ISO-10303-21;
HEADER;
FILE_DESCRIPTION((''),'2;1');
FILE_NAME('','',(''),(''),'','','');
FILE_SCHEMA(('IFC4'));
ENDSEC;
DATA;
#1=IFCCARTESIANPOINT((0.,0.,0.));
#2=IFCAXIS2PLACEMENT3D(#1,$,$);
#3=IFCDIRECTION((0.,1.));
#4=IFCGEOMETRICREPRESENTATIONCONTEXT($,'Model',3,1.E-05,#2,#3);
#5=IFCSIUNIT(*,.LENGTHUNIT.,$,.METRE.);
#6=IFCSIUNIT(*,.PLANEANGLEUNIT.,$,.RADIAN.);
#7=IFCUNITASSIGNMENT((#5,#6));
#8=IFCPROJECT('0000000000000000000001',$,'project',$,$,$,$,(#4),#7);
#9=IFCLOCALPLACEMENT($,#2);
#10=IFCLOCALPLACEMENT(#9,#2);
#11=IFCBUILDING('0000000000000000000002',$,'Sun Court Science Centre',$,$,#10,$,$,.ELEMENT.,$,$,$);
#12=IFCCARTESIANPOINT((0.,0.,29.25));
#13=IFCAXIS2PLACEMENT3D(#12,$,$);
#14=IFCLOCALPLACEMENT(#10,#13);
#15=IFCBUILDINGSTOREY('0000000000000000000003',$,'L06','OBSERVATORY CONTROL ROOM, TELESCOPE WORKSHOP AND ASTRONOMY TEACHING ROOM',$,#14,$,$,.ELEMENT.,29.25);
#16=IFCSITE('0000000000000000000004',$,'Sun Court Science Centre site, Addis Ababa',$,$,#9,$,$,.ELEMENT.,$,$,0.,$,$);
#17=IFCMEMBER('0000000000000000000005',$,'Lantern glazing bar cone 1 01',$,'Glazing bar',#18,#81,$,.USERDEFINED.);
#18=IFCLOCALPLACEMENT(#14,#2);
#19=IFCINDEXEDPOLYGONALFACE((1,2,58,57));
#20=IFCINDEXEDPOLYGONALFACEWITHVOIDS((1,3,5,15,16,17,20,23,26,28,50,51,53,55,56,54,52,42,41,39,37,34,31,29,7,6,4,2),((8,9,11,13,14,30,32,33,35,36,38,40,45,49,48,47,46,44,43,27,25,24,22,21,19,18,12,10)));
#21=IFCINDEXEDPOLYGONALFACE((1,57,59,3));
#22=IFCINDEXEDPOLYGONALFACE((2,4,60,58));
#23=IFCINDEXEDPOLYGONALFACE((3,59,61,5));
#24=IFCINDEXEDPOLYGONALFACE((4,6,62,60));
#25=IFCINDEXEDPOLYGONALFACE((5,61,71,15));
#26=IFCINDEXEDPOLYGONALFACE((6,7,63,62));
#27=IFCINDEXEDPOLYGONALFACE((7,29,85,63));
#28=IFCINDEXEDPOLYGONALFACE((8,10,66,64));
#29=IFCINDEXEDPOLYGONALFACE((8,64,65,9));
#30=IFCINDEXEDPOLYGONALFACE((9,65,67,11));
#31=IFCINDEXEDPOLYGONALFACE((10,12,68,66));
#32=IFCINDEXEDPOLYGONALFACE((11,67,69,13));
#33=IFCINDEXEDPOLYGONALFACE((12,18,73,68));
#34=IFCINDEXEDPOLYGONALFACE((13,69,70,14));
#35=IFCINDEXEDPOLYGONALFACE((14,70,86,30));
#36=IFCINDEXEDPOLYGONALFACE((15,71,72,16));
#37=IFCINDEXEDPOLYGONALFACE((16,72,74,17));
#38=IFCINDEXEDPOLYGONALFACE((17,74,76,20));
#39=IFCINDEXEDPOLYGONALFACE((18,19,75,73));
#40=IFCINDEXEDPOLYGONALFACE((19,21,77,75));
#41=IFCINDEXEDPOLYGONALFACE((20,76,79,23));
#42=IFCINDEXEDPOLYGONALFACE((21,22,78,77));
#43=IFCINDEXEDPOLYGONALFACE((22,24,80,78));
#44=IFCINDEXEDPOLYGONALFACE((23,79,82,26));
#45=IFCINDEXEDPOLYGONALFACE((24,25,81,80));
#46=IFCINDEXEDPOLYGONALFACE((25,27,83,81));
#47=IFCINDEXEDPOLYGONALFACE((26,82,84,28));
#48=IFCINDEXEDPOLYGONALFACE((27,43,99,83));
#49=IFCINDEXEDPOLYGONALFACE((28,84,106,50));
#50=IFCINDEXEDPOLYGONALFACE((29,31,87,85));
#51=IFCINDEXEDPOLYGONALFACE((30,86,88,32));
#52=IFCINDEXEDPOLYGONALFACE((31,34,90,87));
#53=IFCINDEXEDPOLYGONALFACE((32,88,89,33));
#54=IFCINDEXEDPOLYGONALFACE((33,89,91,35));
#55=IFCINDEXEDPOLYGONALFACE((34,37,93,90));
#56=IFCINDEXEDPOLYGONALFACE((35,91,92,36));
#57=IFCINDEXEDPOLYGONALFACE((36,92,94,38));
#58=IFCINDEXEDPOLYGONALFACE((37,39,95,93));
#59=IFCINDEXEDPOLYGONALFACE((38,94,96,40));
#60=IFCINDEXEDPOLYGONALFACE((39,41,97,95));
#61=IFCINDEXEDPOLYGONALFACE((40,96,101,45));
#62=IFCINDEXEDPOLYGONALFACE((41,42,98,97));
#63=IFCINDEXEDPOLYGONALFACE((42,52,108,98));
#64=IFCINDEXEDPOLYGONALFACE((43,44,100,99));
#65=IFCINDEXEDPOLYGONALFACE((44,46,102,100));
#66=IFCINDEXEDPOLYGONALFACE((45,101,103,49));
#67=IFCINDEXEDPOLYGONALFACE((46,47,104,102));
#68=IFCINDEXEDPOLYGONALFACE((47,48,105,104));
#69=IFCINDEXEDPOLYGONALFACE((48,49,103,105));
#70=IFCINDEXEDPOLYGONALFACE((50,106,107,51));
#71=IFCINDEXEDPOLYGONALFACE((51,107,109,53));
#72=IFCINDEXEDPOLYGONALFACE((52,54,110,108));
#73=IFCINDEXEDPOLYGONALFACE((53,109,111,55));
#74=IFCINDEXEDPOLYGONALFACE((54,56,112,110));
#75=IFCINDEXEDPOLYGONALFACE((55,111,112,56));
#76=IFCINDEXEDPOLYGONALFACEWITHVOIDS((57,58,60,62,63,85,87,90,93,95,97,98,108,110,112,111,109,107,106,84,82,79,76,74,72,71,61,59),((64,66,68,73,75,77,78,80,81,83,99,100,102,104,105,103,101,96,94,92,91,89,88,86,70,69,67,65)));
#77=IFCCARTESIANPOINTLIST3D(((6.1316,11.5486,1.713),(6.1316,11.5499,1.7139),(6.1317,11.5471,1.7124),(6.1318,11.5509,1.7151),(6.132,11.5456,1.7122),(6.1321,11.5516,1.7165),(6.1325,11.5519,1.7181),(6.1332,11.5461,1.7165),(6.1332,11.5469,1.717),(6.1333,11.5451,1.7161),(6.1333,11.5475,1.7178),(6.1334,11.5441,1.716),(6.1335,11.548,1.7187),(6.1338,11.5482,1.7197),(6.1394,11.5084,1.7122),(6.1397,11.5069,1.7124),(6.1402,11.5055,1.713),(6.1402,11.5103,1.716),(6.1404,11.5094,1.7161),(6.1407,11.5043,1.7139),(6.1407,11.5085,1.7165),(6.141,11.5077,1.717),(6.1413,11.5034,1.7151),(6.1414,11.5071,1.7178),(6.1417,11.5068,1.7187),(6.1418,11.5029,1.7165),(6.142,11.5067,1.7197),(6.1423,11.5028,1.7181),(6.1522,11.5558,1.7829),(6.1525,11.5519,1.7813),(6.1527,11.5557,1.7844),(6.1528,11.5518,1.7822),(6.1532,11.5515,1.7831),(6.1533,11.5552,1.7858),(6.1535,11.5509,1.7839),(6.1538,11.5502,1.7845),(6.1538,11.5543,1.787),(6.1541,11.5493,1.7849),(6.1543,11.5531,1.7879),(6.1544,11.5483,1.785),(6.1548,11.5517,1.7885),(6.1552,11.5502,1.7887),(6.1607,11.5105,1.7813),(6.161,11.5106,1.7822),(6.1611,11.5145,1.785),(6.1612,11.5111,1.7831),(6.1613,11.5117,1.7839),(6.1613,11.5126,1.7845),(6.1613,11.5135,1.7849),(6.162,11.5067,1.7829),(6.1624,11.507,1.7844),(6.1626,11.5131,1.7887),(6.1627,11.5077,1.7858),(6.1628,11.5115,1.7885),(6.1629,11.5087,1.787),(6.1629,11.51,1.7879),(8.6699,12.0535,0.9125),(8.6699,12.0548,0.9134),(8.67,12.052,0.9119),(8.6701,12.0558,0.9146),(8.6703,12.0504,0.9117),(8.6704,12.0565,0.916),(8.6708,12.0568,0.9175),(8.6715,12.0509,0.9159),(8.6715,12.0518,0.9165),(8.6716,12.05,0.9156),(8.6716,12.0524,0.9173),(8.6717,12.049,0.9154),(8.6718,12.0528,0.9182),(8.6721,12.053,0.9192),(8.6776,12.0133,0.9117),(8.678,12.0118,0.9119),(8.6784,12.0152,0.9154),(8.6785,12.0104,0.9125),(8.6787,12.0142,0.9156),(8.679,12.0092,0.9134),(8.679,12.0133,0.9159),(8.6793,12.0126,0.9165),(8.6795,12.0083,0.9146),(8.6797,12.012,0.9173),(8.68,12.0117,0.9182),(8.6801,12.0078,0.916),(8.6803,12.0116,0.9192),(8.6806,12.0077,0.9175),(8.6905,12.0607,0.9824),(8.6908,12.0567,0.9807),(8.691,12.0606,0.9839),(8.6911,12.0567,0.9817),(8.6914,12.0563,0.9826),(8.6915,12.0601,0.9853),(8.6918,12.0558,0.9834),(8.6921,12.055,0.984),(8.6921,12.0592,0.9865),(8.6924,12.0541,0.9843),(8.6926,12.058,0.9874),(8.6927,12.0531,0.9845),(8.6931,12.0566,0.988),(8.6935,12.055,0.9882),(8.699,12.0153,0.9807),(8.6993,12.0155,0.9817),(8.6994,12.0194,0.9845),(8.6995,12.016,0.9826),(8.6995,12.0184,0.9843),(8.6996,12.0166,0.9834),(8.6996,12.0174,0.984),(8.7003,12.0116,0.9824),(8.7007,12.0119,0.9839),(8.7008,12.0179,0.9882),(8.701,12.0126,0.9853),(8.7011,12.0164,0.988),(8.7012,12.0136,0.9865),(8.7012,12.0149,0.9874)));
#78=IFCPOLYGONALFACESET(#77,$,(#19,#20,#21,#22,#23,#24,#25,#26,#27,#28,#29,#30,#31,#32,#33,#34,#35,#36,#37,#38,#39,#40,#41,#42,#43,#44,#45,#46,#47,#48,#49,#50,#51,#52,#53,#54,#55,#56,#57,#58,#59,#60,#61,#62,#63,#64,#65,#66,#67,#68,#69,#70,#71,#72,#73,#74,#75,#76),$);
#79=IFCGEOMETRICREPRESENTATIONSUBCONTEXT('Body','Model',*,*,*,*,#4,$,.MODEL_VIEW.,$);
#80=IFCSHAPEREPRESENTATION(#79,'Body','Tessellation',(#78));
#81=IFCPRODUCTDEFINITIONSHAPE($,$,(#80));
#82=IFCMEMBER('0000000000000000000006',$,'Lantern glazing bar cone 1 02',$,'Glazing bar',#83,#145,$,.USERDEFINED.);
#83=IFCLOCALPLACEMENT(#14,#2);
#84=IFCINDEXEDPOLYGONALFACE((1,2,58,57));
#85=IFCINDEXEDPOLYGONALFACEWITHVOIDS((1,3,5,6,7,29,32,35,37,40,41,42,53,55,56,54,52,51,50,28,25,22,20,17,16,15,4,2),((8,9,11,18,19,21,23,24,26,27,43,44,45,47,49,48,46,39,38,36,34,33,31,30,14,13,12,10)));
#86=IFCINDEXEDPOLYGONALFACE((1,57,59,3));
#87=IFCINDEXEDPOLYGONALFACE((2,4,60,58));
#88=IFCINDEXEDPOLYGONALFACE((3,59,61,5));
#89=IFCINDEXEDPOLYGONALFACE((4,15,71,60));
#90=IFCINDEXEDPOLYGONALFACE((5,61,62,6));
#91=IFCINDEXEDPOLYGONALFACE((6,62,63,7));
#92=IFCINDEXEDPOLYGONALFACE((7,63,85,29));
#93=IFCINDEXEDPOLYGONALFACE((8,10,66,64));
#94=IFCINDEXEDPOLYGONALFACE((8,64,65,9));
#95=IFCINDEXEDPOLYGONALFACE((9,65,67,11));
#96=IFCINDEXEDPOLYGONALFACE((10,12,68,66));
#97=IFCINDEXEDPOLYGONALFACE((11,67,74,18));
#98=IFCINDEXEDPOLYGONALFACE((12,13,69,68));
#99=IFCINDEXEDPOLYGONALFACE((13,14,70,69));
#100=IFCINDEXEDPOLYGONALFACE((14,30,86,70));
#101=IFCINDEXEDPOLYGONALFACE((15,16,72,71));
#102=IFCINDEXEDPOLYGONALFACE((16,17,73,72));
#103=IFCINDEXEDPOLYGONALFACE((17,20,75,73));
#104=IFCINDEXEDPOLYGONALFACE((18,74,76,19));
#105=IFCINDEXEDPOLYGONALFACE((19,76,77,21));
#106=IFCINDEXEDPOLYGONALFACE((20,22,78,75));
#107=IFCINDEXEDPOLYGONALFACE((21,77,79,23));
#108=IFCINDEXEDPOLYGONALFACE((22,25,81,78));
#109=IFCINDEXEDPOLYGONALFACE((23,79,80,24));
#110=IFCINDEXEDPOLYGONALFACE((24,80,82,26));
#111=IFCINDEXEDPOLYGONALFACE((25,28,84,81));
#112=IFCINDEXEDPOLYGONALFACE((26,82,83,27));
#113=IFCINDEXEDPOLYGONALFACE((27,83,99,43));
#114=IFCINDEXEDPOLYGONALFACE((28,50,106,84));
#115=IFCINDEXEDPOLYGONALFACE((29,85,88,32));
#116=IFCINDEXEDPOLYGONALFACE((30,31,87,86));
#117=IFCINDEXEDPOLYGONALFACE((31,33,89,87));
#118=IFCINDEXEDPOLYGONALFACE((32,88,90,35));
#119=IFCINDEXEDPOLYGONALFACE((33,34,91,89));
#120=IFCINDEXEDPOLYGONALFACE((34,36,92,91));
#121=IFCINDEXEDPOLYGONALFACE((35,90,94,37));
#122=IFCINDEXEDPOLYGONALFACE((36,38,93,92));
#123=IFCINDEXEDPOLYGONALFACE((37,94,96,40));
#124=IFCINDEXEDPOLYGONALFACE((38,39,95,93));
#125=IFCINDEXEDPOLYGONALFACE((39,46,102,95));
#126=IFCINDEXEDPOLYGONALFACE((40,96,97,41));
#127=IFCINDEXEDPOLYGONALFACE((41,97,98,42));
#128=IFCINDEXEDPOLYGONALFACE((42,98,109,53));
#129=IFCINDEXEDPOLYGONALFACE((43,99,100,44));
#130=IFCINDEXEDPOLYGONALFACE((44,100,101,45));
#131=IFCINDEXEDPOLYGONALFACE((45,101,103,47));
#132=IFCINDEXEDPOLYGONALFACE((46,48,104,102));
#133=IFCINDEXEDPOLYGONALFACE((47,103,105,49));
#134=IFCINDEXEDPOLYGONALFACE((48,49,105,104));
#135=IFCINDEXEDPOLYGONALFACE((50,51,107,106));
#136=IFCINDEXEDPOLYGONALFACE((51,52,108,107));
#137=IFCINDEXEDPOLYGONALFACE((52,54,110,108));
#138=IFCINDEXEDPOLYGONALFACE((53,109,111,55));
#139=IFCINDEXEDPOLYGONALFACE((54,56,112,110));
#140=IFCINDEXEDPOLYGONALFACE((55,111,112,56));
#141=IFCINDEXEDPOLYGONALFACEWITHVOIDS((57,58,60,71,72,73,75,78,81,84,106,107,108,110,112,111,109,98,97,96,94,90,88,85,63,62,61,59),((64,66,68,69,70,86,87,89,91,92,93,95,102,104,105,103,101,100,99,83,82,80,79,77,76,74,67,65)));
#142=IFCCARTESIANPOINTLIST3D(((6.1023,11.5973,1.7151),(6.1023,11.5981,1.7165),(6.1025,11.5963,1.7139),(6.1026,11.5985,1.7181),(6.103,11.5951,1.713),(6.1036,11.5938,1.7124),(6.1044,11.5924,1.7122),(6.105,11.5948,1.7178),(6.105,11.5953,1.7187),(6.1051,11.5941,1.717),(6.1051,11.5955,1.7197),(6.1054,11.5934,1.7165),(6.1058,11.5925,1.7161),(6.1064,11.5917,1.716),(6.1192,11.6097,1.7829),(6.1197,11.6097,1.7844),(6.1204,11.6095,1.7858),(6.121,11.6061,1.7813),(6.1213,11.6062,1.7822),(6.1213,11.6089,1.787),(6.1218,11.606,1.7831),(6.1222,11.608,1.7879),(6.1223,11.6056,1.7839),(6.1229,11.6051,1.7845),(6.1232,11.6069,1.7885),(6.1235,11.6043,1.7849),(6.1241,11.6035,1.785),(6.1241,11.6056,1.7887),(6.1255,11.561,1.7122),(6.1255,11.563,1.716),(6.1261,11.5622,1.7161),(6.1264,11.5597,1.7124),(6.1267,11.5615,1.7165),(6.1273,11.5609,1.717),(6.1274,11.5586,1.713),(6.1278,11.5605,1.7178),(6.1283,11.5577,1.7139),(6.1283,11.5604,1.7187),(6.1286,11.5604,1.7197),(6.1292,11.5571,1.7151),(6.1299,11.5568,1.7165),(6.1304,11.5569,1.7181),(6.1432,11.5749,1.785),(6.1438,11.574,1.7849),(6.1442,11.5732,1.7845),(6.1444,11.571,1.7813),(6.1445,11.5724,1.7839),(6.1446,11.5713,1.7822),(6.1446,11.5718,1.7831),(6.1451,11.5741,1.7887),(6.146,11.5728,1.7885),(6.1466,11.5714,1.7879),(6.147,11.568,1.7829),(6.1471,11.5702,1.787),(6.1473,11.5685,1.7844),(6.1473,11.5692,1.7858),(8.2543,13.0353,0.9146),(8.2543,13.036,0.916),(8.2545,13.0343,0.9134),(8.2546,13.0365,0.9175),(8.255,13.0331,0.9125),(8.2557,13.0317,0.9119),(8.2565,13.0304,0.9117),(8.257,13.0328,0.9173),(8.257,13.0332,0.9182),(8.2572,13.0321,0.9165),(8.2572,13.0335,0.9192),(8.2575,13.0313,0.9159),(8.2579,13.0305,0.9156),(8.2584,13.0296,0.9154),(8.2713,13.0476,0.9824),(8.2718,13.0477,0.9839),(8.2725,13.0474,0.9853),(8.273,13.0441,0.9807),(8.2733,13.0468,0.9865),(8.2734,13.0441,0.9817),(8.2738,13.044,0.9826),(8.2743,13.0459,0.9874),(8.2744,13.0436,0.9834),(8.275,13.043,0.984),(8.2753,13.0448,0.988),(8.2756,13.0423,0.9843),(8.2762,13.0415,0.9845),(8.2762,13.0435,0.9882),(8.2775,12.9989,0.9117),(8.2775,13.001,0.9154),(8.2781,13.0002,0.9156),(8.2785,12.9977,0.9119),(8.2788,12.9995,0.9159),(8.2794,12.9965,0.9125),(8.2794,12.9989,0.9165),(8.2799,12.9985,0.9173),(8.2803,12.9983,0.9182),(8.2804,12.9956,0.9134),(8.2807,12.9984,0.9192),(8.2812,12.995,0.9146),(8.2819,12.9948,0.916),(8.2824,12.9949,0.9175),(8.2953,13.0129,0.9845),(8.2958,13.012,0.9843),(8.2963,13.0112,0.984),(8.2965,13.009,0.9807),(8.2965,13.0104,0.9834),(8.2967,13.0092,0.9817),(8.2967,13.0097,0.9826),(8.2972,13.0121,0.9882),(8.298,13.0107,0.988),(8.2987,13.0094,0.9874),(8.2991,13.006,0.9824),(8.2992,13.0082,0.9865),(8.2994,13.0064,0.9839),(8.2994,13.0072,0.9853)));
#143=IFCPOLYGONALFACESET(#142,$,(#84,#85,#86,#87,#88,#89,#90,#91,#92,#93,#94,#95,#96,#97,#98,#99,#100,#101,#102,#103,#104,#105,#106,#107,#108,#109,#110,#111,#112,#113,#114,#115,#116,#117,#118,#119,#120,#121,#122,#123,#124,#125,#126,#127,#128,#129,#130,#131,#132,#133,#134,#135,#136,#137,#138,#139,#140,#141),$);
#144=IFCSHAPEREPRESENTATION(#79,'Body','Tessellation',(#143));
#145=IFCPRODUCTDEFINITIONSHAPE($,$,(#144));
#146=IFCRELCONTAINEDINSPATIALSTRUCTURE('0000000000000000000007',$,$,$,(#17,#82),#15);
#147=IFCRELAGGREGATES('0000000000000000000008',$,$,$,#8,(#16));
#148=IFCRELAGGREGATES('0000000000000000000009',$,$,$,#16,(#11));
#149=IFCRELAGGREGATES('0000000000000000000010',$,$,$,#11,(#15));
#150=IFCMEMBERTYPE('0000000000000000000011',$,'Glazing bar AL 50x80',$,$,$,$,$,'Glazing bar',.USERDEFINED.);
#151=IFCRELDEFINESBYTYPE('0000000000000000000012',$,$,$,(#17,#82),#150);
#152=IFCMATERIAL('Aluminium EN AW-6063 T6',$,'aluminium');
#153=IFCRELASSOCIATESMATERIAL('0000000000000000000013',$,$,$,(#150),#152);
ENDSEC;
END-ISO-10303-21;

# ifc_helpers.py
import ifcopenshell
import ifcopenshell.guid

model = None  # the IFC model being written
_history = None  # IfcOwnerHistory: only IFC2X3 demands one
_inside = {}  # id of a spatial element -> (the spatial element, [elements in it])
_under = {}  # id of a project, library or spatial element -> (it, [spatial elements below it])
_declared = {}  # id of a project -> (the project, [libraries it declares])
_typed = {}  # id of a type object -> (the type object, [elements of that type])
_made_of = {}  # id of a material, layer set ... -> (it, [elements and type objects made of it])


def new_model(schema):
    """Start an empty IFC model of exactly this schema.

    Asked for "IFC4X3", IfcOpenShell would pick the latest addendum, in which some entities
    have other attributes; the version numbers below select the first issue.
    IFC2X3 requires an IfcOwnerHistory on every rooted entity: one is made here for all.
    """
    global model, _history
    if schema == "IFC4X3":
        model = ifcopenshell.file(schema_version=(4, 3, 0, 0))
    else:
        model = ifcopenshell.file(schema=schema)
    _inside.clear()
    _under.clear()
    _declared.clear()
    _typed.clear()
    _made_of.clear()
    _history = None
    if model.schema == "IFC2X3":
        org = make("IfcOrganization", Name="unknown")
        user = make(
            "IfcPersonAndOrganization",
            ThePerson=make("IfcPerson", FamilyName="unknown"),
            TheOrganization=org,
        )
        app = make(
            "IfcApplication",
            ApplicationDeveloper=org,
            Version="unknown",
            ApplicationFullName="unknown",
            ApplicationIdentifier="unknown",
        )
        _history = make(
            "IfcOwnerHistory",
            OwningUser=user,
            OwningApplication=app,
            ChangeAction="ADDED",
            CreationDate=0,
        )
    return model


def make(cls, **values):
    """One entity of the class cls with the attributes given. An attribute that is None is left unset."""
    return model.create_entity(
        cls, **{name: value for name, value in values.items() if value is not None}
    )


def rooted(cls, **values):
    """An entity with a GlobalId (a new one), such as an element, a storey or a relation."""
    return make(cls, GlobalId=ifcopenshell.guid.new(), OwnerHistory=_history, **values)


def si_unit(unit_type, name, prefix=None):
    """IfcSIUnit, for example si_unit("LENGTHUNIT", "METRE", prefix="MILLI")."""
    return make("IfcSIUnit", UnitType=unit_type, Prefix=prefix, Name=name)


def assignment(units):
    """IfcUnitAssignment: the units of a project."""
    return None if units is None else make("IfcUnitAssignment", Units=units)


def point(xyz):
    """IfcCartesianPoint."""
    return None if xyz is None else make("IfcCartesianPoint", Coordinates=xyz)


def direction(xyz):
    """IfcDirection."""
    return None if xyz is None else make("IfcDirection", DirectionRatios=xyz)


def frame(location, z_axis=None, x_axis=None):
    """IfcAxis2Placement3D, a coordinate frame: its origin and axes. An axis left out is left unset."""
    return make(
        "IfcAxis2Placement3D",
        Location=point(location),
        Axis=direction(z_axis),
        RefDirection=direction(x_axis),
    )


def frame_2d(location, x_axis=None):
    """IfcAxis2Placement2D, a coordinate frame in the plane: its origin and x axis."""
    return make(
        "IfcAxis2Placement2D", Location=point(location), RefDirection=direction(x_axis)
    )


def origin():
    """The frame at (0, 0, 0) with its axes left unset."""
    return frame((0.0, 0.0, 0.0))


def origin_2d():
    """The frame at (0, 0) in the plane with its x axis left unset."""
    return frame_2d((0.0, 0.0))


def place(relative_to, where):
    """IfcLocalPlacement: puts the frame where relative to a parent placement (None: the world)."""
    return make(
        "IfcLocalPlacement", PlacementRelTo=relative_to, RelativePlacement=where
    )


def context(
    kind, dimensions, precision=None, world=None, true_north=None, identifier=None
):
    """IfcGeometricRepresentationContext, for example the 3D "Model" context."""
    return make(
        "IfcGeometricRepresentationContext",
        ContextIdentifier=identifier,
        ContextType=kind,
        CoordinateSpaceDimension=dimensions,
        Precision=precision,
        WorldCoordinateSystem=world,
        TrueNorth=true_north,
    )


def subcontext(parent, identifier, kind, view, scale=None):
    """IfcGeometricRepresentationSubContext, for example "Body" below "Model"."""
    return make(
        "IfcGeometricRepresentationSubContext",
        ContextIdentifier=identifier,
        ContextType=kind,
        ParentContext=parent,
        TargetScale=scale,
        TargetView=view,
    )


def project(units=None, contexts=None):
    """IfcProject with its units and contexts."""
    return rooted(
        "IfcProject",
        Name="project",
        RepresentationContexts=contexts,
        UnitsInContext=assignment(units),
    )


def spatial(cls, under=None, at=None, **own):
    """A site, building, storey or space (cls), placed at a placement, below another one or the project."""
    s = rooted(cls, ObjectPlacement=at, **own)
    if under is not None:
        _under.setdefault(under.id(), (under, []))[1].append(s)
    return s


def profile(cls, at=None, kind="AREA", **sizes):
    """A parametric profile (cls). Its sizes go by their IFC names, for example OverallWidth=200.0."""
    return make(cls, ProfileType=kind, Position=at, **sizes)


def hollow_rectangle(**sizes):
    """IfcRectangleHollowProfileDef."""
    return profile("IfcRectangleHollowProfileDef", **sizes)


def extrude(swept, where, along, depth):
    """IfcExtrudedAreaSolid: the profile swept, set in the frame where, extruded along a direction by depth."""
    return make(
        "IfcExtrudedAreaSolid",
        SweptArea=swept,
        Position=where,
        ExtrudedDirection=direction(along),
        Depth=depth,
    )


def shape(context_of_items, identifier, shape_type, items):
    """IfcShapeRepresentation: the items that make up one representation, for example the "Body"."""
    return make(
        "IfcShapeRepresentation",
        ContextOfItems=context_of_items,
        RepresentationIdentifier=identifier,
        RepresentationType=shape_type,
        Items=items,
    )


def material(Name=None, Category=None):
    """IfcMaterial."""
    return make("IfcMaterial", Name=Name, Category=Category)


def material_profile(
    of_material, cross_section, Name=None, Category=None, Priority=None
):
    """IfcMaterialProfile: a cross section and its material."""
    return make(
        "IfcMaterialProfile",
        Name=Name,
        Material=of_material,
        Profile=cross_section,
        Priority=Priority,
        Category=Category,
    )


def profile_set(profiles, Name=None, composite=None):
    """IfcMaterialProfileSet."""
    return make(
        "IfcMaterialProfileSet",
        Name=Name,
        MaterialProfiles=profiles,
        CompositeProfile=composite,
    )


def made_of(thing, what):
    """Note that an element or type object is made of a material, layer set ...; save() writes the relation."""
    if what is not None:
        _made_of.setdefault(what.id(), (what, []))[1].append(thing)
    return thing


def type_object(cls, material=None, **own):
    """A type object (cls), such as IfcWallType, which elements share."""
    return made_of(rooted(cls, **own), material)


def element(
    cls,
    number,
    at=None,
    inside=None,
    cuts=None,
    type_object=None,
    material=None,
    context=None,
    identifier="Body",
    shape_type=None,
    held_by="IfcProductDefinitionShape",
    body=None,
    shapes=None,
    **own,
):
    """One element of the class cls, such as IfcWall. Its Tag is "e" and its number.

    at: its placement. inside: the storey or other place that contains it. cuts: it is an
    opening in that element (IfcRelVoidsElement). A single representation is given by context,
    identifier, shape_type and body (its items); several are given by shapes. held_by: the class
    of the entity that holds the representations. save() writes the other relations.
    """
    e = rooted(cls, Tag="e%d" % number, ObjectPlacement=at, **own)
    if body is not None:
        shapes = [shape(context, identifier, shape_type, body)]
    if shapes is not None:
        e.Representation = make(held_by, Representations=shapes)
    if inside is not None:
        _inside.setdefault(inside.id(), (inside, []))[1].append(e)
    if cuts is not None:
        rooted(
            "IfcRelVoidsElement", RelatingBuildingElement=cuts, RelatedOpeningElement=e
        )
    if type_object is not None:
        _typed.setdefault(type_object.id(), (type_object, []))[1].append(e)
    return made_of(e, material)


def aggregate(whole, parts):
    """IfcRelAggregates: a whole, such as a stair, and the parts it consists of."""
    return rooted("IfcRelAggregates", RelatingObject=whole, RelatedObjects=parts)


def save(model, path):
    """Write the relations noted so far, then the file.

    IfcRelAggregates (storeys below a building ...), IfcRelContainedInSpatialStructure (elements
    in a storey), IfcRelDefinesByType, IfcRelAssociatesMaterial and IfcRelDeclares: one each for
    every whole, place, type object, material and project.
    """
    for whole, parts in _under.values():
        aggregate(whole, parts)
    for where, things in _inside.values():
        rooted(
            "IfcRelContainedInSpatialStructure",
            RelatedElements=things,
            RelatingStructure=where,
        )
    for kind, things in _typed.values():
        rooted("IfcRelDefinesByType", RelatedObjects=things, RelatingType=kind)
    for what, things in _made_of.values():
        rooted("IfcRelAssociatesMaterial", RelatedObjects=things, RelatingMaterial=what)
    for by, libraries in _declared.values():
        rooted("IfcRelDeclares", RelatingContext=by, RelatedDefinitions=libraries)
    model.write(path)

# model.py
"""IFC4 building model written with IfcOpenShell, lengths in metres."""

from ifc_helpers import new_model, si_unit, direction, frame, origin, origin_2d, place, context, subcontext, project, spatial, hollow_rectangle, extrude, material, material_profile, profile_set, type_object, element, save


model = new_model("IFC4")

# Units and contexts
model_context = context("Model", 3, precision=1e-05, world=origin(), true_north=direction((0.0, 1.0)))
body_context = subcontext(model_context, "Body", "Model", "MODEL_VIEW")
ifc_project = project(units=[si_unit("LENGTHUNIT", "METRE"), si_unit("PLANEANGLEUNIT", "RADIAN")], contexts=[model_context])

# Site, building, storey
site_placement = place(None, origin())
site = spatial("IfcSite", under=ifc_project, at=site_placement, Name="Sun Court Science Centre site, Addis Ababa", CompositionType="ELEMENT", RefElevation=0.0)
building_placement = place(site_placement, origin())
building = spatial("IfcBuilding", under=site, at=building_placement, Name="Sun Court Science Centre", CompositionType="ELEMENT")
storey_placement = place(building_placement, frame((0.0, 0.0, 29.25)))
storey = spatial("IfcBuildingStorey", under=building, at=storey_placement, Name="L06", Description="OBSERVATORY CONTROL ROOM, TELESCOPE WORKSHOP AND ASTRONOMY TEACHING ROOM", CompositionType="ELEMENT", Elevation=29.25)

# Members
ifc_material_1 = material(Name="Aluminium EN AW-6063 T6", Category="aluminium")
ifc_material_profile_1 = material_profile(ifc_material_1, hollow_rectangle(XDim=0.05, YDim=0.0801, WallThickness=0.0039, InnerFilletRadius=0.0039, OuterFilletRadius=0.0061, at=origin_2d()), Name="AL 50x80x4")
ifc_profile_set_1 = profile_set([ifc_material_profile_1], Name="Aluminium EN AW-6063 T6")
member_type_1 = type_object("IfcMemberType", Name="Glazing bar AL 50x80", ElementType="Glazing bar", PredefinedType="USERDEFINED", material=ifc_profile_set_1)
member_1_placement = place(storey_placement, frame((8.6855, 12.0342, 0.95), z_axis=(-0.936986, -0.18637, 0.295506), x_axis=(0.195082, -0.980787, 0.0)))
element("IfcMember", 1, at=member_1_placement, inside=storey, type_object=member_type_1, Name="Lantern glazing bar cone 1 01", ObjectType="Glazing bar", PredefinedType="USERDEFINED", context=body_context, shape_type="SweptSolid", body=[
    extrude(hollow_rectangle(XDim=0.05, YDim=0.0801, WallThickness=0.0039, InnerFilletRadius=0.0039, OuterFilletRadius=0.0061, at=origin_2d()), origin(), (0.0, 0.0, 1.0), 2.709),
])
for number, where, z_axis, x_axis, name in (
    (2, (8.2769, 13.0212, 0.95), (-0.794343, -0.530764, 0.29548), (0.555571, -0.831469, 0.0), "Lantern glazing bar cone 1 02"),
):
    element("IfcMember", number, at=place(storey_placement, frame(where, z_axis=z_axis, x_axis=x_axis)), inside=storey, type_object=member_type_1, Name=name, ObjectType="Glazing bar", PredefinedType="USERDEFINED", context=body_context, shape_type="SweptSolid", body=[
        extrude(hollow_rectangle(XDim=0.05, YDim=0.0801, WallThickness=0.0039, InnerFilletRadius=0.0039, OuterFilletRadius=0.0061, at=origin_2d()), origin(), (0.0, 0.0, 1.0), 2.7092),
    ])

save(model, "model.ifc")
